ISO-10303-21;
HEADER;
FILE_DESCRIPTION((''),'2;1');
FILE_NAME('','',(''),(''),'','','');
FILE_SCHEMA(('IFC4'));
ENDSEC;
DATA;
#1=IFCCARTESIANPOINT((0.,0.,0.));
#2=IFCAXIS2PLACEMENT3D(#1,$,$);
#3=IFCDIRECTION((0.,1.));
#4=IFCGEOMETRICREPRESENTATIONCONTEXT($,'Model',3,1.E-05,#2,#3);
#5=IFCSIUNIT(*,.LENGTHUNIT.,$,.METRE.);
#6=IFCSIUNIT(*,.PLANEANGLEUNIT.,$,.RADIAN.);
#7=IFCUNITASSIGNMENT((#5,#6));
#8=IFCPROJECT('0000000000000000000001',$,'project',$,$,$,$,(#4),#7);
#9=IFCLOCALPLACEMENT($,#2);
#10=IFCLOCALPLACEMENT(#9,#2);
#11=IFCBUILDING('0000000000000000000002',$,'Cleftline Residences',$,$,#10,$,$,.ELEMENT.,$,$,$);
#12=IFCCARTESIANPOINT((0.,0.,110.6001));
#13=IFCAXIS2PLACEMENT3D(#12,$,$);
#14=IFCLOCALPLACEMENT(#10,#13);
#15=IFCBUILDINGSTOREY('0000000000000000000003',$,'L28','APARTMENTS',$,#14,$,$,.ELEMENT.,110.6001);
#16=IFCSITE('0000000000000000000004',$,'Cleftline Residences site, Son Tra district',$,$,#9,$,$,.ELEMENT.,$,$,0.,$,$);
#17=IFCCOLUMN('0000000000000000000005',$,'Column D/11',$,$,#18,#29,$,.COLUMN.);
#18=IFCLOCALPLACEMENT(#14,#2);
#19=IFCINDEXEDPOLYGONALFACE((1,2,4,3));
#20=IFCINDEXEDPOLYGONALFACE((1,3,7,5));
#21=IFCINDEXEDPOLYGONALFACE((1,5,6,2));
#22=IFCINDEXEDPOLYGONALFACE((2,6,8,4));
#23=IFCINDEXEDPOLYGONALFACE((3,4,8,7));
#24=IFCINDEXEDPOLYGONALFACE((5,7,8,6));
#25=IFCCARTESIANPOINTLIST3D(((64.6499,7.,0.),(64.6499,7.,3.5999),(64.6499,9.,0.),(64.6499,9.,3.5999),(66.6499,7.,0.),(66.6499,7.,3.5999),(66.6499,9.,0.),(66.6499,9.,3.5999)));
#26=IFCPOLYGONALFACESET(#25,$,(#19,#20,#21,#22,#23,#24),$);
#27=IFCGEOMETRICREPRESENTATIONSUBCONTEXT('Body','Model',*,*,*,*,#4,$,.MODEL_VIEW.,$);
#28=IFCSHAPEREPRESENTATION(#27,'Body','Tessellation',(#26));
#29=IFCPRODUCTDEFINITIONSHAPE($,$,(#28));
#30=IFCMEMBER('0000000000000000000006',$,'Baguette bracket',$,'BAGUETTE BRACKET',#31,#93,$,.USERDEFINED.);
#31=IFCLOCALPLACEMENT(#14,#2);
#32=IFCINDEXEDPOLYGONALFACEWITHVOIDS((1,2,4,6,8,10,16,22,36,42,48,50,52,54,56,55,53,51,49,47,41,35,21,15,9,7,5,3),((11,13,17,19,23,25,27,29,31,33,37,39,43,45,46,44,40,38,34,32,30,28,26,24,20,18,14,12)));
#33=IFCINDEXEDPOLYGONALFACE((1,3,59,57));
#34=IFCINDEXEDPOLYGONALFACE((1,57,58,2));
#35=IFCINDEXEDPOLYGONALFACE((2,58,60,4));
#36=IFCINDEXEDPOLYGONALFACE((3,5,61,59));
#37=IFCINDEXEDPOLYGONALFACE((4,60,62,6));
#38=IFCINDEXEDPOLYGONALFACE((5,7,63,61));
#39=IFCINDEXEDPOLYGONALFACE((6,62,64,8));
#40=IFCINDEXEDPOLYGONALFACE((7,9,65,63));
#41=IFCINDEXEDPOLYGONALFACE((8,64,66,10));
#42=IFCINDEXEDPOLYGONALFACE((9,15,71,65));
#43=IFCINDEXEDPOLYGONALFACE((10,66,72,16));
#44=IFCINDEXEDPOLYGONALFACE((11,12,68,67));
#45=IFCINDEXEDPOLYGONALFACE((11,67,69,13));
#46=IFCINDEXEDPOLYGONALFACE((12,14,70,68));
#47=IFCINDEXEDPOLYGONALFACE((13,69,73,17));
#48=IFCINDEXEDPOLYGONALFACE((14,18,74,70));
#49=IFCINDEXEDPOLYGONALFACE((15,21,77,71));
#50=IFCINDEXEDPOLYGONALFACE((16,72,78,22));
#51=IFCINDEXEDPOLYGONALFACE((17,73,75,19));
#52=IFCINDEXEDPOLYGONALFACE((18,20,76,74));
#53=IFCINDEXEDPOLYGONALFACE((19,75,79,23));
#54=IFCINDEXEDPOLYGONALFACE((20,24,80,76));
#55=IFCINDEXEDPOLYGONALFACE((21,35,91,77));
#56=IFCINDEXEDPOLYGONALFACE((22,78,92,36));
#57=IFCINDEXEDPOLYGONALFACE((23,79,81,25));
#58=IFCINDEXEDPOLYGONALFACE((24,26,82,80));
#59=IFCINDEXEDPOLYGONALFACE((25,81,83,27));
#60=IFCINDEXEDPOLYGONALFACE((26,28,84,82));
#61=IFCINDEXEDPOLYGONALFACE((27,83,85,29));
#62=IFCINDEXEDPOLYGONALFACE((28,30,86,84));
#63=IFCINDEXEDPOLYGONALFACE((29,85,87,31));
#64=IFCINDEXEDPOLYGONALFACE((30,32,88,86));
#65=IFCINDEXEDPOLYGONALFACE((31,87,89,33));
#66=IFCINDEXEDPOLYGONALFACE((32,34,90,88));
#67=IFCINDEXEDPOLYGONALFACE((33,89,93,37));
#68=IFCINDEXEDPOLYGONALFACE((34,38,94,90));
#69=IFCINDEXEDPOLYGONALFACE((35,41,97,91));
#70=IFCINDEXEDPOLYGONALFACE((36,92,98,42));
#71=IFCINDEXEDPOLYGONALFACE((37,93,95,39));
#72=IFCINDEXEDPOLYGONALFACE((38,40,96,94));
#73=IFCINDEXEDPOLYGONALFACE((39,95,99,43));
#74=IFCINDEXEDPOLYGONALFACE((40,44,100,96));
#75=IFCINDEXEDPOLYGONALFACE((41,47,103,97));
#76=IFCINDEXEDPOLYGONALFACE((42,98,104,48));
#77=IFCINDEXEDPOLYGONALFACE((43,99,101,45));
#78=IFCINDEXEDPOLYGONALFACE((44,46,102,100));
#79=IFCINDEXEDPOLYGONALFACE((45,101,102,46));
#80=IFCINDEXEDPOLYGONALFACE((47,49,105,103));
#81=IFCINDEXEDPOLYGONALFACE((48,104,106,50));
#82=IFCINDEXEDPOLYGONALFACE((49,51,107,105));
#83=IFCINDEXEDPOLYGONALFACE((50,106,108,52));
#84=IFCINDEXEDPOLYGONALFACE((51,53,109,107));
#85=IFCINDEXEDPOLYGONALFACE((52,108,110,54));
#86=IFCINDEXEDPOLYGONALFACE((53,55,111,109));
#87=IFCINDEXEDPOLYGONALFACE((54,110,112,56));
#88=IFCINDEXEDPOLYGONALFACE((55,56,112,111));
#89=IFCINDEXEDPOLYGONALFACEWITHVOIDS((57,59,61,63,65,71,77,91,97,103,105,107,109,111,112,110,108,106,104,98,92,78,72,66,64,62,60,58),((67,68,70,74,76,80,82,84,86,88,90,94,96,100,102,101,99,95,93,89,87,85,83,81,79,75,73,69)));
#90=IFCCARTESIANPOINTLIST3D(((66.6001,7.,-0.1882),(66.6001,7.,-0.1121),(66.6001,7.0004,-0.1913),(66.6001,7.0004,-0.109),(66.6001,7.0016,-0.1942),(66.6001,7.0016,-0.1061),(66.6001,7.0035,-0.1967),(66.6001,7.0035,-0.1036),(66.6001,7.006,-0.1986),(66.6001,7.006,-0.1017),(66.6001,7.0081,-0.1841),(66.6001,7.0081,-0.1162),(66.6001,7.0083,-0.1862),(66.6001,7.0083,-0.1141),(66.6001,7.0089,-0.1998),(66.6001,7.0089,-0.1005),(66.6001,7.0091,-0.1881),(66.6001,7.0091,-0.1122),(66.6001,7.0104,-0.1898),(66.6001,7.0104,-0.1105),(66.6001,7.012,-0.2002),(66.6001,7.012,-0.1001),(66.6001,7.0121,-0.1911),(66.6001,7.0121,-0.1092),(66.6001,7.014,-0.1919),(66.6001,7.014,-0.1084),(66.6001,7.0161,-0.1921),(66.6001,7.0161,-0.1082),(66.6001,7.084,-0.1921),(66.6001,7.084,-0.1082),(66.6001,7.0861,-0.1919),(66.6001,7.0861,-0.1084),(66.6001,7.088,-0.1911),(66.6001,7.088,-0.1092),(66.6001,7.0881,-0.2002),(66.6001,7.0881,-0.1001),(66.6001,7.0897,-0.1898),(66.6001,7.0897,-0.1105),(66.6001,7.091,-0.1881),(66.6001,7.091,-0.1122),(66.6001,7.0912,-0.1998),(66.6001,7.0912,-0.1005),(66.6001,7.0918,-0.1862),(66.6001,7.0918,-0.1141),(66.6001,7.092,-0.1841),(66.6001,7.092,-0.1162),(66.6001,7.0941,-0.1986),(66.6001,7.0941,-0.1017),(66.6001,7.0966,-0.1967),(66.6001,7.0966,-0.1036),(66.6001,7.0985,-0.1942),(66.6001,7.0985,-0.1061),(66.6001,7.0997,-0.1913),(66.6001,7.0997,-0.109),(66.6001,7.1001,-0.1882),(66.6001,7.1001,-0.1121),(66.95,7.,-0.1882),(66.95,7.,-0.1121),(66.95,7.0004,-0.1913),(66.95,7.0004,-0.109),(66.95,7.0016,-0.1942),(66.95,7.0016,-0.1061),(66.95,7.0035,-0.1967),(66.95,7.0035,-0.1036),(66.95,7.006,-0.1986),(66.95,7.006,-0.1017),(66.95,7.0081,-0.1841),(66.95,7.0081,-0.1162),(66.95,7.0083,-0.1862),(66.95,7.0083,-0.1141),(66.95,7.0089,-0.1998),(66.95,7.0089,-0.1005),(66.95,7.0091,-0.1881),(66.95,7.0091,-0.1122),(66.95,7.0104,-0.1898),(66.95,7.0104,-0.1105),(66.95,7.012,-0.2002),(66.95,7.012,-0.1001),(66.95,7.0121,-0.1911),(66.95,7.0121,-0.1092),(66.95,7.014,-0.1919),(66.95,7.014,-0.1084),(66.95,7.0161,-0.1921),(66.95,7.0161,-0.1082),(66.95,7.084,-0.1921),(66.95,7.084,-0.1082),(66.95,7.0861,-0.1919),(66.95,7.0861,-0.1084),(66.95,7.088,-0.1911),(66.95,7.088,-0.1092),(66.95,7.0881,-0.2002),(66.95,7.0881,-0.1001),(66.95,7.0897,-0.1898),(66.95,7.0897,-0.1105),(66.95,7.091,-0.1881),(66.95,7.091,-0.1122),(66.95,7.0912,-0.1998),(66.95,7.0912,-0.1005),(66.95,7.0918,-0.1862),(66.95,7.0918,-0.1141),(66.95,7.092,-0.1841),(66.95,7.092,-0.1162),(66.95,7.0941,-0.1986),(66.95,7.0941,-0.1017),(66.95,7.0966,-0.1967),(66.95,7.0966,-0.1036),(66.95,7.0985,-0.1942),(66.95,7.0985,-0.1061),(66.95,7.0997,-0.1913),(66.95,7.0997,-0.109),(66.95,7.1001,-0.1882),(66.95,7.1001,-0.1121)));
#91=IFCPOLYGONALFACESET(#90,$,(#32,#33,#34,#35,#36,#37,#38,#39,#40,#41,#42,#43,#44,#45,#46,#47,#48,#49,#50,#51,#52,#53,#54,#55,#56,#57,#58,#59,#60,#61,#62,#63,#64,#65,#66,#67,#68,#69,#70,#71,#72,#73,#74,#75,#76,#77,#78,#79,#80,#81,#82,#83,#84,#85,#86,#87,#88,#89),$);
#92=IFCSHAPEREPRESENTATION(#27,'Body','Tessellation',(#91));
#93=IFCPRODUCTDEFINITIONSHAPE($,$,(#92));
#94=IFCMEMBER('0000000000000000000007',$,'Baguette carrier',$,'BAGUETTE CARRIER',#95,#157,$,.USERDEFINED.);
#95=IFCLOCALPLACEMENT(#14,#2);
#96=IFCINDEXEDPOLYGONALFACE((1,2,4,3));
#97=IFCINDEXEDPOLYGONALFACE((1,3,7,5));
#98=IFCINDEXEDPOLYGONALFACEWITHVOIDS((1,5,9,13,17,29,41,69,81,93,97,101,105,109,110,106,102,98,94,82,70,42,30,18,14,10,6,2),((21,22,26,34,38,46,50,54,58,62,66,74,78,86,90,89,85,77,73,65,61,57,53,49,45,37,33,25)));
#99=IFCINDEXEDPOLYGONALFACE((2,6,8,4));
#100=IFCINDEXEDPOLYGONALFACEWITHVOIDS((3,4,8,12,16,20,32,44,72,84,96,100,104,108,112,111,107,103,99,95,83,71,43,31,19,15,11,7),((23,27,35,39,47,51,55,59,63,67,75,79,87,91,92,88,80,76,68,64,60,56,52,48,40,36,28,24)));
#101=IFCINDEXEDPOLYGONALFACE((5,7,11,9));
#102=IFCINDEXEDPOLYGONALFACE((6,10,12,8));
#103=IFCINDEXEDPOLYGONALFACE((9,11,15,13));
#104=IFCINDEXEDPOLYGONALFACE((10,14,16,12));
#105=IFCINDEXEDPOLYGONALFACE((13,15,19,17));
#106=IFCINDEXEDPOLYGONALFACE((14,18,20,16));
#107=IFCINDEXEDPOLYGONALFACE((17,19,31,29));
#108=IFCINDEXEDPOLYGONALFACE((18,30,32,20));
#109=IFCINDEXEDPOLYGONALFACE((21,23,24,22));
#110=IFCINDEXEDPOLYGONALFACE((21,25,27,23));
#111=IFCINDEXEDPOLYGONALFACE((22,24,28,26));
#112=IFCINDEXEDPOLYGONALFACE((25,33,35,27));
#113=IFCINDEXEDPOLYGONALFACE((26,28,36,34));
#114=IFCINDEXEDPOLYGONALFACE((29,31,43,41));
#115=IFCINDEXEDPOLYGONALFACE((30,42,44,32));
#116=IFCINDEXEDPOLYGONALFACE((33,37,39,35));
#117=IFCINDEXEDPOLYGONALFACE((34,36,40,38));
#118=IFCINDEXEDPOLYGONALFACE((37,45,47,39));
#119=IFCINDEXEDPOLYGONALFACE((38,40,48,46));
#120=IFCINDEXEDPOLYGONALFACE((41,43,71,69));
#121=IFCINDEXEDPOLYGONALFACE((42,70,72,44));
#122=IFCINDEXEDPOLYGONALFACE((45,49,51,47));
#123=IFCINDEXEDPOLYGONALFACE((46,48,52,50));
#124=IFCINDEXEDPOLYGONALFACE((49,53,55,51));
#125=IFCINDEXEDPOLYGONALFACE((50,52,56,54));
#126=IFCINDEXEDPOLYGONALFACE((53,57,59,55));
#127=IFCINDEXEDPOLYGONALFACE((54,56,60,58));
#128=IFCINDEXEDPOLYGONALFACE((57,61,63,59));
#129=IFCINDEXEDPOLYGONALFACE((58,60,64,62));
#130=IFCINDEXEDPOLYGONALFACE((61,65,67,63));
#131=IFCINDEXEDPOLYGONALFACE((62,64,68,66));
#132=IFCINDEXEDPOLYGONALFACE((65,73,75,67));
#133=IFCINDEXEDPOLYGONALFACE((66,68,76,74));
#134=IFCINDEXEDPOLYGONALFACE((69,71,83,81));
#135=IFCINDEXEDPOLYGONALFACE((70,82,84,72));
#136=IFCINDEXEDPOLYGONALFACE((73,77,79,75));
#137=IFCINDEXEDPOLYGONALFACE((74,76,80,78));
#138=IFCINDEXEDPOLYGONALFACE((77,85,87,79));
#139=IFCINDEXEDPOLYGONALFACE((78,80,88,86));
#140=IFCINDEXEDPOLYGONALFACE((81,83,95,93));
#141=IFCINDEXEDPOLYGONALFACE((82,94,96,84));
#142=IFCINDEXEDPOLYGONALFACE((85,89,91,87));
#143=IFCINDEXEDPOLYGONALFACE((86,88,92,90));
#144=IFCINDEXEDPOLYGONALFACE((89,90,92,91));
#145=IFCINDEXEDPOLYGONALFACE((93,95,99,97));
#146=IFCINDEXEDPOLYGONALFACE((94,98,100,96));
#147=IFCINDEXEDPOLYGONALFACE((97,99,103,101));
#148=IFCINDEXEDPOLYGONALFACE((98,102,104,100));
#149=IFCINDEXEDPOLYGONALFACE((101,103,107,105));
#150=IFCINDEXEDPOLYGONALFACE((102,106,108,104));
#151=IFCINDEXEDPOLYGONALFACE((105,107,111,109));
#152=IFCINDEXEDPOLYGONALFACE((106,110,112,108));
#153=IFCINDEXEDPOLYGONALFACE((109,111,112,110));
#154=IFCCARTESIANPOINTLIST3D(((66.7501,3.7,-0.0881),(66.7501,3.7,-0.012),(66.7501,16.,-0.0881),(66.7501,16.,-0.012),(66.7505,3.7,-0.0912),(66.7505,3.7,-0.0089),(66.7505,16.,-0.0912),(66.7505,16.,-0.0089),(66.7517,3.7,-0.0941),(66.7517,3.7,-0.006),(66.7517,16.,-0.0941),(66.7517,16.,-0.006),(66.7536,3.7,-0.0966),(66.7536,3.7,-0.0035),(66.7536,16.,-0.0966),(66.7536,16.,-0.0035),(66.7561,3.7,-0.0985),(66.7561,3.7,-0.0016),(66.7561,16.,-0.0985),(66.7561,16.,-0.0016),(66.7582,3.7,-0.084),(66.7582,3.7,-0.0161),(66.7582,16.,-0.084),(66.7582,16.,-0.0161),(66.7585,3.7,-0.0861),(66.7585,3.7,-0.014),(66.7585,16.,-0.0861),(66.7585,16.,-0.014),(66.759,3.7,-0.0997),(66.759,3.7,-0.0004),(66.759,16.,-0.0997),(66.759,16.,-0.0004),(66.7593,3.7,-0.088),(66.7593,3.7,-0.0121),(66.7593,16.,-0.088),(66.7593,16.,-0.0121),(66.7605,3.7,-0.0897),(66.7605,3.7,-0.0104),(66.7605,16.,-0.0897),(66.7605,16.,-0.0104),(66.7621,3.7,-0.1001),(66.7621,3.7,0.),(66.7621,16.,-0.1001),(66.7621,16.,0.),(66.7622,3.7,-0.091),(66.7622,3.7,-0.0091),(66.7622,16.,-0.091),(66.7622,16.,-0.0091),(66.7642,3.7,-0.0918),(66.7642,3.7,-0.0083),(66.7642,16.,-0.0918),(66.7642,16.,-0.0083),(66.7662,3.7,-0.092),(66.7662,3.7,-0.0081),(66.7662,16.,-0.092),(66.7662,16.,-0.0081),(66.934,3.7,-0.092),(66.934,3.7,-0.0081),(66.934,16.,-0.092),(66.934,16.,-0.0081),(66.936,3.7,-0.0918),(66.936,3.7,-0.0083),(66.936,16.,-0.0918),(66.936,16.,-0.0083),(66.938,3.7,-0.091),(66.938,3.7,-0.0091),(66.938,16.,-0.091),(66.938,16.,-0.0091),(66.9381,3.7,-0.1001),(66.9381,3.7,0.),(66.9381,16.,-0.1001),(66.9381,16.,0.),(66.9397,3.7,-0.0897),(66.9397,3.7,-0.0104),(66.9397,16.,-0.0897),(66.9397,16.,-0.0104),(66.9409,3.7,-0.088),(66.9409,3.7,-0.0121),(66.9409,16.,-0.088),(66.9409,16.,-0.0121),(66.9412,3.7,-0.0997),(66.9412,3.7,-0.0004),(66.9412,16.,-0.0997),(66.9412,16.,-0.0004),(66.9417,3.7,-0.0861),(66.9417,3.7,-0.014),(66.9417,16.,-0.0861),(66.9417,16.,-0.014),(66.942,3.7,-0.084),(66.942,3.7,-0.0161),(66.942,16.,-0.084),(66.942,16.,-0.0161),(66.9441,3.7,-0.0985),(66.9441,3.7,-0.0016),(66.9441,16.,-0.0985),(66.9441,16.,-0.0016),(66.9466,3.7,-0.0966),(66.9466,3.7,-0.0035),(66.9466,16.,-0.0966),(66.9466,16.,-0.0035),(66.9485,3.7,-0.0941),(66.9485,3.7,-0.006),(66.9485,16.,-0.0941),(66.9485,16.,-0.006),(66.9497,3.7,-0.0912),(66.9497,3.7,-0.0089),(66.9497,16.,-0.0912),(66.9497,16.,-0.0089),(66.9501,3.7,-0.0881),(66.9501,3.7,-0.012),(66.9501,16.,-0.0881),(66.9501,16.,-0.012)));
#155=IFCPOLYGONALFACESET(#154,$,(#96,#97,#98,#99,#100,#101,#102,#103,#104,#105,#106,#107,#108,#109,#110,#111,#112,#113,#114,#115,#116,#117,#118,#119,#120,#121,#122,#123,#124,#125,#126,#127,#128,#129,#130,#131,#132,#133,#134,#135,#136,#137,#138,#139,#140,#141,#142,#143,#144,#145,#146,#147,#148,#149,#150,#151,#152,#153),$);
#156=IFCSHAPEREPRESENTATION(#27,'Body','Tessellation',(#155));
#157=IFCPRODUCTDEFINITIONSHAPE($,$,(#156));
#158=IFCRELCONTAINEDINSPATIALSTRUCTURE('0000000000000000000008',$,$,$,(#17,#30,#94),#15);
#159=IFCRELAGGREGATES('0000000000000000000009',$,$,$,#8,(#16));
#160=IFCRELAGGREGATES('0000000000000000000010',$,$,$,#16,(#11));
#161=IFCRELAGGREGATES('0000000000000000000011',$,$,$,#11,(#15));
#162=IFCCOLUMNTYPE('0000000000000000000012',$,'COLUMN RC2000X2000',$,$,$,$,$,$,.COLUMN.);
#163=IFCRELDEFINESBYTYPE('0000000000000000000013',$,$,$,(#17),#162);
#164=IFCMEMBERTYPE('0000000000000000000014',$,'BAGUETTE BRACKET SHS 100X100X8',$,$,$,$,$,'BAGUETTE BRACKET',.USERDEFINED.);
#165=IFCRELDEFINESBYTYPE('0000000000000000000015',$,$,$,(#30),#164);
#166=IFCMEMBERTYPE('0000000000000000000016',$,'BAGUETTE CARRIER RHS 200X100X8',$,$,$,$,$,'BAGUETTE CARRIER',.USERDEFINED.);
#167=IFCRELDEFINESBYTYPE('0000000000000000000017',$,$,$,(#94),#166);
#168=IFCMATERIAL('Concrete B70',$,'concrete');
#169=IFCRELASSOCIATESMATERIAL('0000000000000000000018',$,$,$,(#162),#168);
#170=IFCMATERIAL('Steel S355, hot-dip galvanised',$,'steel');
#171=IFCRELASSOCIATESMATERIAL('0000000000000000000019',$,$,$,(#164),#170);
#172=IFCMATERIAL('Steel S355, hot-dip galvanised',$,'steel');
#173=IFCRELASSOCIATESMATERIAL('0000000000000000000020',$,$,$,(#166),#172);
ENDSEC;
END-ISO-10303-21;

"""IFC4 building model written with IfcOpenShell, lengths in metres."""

from ifc_helpers import new_model, si_unit, direction, frame, origin, origin_2d, place, context, subcontext, project, spatial, rectangle, hollow_rectangle, extrude, material, material_profile, profile_set, type_object, element, save


model = new_model("IFC4")

# Units and contexts
model_context = context("Model", 3, precision=1e-05, world=origin(), true_north=direction((0.0, 1.0)))
body_context = subcontext(model_context, "Body", "Model", "MODEL_VIEW")
ifc_project = project(units=[si_unit("LENGTHUNIT", "METRE"), si_unit("PLANEANGLEUNIT", "RADIAN")], contexts=[model_context])

# Site, building, storey
site_placement = place(None, origin())
site = spatial("IfcSite", under=ifc_project, at=site_placement, Name="Cleftline Residences site, Son Tra district", CompositionType="ELEMENT", RefElevation=0.0)
building_placement = place(site_placement, origin())
building = spatial("IfcBuilding", under=site, at=building_placement, Name="Cleftline Residences", CompositionType="ELEMENT")
storey_placement = place(building_placement, frame((0.0, 0.0, 110.6001)))
storey = spatial("IfcBuildingStorey", under=building, at=storey_placement, Name="L28", Description="APARTMENTS", CompositionType="ELEMENT", Elevation=110.6001)

# Column
ifc_material_1 = material(Name="Concrete B70", Category="concrete")
ifc_material_profile_1 = material_profile(ifc_material_1, rectangle(XDim=2.0, YDim=2.0, at=origin_2d()))
ifc_profile_set_1 = profile_set([ifc_material_profile_1], Name="Concrete B70")
column_type = type_object("IfcColumnType", Name="COLUMN RC2000X2000", PredefinedType="COLUMN", material=ifc_profile_set_1)
column_placement = place(storey_placement, frame((65.6499, 8.0, 0.0), z_axis=(0.0, 0.0, 1.0), x_axis=(1.0, 0.0, 0.0)))
element("IfcColumn", 1, at=column_placement, inside=storey, type_object=column_type, Name="Column D/11", PredefinedType="COLUMN", context=body_context, shape_type="SweptSolid", body=[
    extrude(rectangle(XDim=2.0, YDim=2.0, at=origin_2d()), origin(), (0.0, 0.0, 1.0), 3.5999),
])

# Members
ifc_material_2 = material(Name="Steel S355, hot-dip galvanised", Category="steel")
ifc_material_profile_2 = material_profile(ifc_material_2, hollow_rectangle(XDim=0.1001, YDim=0.1001, WallThickness=0.0081, InnerFilletRadius=0.0081, OuterFilletRadius=0.012, at=origin_2d()))
ifc_profile_set_2 = profile_set([ifc_material_profile_2], Name="Steel S355, hot-dip galvanised")
member_type_1 = type_object("IfcMemberType", Name="BAGUETTE BRACKET SHS 100X100X8", ElementType="BAGUETTE BRACKET", PredefinedType="USERDEFINED", material=ifc_profile_set_2)
member_1_placement = place(storey_placement, frame((66.6001, 7.05, -0.1501), z_axis=(1.0, 0.0, 0.0), x_axis=(0.0, 1.0, 0.0)))
element("IfcMember", 2, at=member_1_placement, inside=storey, type_object=member_type_1, Name="Baguette bracket", ObjectType="BAGUETTE BRACKET", PredefinedType="USERDEFINED", context=body_context, shape_type="SweptSolid", body=[
    extrude(hollow_rectangle(XDim=0.1001, YDim=0.1001, WallThickness=0.0081, InnerFilletRadius=0.0081, OuterFilletRadius=0.012, at=origin_2d()), origin(), (0.0, 0.0, 1.0), 0.3499),
])
ifc_material_3 = material(Name="Steel S355, hot-dip galvanised", Category="steel")
ifc_material_profile_3 = material_profile(ifc_material_3, hollow_rectangle(XDim=0.1001, YDim=0.2, WallThickness=0.0081, InnerFilletRadius=0.0081, OuterFilletRadius=0.012, at=origin_2d()))
ifc_profile_set_3 = profile_set([ifc_material_profile_3], Name="Steel S355, hot-dip galvanised")
member_type_2 = type_object("IfcMemberType", Name="BAGUETTE CARRIER RHS 200X100X8", ElementType="BAGUETTE CARRIER", PredefinedType="USERDEFINED", material=ifc_profile_set_3)
member_2_placement = place(storey_placement, frame((66.8501, 3.7, -0.05), z_axis=(0.0, 1.0, 0.0), x_axis=(0.0, 0.0, 1.0)))
element("IfcMember", 3, at=member_2_placement, inside=storey, type_object=member_type_2, Name="Baguette carrier", ObjectType="BAGUETTE CARRIER", PredefinedType="USERDEFINED", context=body_context, shape_type="SweptSolid", body=[
    extrude(hollow_rectangle(XDim=0.1001, YDim=0.2, WallThickness=0.0081, InnerFilletRadius=0.0081, OuterFilletRadius=0.012, at=origin_2d()), origin(), (0.0, 0.0, 1.0), 12.3),
])

save(model, "model.ifc")
